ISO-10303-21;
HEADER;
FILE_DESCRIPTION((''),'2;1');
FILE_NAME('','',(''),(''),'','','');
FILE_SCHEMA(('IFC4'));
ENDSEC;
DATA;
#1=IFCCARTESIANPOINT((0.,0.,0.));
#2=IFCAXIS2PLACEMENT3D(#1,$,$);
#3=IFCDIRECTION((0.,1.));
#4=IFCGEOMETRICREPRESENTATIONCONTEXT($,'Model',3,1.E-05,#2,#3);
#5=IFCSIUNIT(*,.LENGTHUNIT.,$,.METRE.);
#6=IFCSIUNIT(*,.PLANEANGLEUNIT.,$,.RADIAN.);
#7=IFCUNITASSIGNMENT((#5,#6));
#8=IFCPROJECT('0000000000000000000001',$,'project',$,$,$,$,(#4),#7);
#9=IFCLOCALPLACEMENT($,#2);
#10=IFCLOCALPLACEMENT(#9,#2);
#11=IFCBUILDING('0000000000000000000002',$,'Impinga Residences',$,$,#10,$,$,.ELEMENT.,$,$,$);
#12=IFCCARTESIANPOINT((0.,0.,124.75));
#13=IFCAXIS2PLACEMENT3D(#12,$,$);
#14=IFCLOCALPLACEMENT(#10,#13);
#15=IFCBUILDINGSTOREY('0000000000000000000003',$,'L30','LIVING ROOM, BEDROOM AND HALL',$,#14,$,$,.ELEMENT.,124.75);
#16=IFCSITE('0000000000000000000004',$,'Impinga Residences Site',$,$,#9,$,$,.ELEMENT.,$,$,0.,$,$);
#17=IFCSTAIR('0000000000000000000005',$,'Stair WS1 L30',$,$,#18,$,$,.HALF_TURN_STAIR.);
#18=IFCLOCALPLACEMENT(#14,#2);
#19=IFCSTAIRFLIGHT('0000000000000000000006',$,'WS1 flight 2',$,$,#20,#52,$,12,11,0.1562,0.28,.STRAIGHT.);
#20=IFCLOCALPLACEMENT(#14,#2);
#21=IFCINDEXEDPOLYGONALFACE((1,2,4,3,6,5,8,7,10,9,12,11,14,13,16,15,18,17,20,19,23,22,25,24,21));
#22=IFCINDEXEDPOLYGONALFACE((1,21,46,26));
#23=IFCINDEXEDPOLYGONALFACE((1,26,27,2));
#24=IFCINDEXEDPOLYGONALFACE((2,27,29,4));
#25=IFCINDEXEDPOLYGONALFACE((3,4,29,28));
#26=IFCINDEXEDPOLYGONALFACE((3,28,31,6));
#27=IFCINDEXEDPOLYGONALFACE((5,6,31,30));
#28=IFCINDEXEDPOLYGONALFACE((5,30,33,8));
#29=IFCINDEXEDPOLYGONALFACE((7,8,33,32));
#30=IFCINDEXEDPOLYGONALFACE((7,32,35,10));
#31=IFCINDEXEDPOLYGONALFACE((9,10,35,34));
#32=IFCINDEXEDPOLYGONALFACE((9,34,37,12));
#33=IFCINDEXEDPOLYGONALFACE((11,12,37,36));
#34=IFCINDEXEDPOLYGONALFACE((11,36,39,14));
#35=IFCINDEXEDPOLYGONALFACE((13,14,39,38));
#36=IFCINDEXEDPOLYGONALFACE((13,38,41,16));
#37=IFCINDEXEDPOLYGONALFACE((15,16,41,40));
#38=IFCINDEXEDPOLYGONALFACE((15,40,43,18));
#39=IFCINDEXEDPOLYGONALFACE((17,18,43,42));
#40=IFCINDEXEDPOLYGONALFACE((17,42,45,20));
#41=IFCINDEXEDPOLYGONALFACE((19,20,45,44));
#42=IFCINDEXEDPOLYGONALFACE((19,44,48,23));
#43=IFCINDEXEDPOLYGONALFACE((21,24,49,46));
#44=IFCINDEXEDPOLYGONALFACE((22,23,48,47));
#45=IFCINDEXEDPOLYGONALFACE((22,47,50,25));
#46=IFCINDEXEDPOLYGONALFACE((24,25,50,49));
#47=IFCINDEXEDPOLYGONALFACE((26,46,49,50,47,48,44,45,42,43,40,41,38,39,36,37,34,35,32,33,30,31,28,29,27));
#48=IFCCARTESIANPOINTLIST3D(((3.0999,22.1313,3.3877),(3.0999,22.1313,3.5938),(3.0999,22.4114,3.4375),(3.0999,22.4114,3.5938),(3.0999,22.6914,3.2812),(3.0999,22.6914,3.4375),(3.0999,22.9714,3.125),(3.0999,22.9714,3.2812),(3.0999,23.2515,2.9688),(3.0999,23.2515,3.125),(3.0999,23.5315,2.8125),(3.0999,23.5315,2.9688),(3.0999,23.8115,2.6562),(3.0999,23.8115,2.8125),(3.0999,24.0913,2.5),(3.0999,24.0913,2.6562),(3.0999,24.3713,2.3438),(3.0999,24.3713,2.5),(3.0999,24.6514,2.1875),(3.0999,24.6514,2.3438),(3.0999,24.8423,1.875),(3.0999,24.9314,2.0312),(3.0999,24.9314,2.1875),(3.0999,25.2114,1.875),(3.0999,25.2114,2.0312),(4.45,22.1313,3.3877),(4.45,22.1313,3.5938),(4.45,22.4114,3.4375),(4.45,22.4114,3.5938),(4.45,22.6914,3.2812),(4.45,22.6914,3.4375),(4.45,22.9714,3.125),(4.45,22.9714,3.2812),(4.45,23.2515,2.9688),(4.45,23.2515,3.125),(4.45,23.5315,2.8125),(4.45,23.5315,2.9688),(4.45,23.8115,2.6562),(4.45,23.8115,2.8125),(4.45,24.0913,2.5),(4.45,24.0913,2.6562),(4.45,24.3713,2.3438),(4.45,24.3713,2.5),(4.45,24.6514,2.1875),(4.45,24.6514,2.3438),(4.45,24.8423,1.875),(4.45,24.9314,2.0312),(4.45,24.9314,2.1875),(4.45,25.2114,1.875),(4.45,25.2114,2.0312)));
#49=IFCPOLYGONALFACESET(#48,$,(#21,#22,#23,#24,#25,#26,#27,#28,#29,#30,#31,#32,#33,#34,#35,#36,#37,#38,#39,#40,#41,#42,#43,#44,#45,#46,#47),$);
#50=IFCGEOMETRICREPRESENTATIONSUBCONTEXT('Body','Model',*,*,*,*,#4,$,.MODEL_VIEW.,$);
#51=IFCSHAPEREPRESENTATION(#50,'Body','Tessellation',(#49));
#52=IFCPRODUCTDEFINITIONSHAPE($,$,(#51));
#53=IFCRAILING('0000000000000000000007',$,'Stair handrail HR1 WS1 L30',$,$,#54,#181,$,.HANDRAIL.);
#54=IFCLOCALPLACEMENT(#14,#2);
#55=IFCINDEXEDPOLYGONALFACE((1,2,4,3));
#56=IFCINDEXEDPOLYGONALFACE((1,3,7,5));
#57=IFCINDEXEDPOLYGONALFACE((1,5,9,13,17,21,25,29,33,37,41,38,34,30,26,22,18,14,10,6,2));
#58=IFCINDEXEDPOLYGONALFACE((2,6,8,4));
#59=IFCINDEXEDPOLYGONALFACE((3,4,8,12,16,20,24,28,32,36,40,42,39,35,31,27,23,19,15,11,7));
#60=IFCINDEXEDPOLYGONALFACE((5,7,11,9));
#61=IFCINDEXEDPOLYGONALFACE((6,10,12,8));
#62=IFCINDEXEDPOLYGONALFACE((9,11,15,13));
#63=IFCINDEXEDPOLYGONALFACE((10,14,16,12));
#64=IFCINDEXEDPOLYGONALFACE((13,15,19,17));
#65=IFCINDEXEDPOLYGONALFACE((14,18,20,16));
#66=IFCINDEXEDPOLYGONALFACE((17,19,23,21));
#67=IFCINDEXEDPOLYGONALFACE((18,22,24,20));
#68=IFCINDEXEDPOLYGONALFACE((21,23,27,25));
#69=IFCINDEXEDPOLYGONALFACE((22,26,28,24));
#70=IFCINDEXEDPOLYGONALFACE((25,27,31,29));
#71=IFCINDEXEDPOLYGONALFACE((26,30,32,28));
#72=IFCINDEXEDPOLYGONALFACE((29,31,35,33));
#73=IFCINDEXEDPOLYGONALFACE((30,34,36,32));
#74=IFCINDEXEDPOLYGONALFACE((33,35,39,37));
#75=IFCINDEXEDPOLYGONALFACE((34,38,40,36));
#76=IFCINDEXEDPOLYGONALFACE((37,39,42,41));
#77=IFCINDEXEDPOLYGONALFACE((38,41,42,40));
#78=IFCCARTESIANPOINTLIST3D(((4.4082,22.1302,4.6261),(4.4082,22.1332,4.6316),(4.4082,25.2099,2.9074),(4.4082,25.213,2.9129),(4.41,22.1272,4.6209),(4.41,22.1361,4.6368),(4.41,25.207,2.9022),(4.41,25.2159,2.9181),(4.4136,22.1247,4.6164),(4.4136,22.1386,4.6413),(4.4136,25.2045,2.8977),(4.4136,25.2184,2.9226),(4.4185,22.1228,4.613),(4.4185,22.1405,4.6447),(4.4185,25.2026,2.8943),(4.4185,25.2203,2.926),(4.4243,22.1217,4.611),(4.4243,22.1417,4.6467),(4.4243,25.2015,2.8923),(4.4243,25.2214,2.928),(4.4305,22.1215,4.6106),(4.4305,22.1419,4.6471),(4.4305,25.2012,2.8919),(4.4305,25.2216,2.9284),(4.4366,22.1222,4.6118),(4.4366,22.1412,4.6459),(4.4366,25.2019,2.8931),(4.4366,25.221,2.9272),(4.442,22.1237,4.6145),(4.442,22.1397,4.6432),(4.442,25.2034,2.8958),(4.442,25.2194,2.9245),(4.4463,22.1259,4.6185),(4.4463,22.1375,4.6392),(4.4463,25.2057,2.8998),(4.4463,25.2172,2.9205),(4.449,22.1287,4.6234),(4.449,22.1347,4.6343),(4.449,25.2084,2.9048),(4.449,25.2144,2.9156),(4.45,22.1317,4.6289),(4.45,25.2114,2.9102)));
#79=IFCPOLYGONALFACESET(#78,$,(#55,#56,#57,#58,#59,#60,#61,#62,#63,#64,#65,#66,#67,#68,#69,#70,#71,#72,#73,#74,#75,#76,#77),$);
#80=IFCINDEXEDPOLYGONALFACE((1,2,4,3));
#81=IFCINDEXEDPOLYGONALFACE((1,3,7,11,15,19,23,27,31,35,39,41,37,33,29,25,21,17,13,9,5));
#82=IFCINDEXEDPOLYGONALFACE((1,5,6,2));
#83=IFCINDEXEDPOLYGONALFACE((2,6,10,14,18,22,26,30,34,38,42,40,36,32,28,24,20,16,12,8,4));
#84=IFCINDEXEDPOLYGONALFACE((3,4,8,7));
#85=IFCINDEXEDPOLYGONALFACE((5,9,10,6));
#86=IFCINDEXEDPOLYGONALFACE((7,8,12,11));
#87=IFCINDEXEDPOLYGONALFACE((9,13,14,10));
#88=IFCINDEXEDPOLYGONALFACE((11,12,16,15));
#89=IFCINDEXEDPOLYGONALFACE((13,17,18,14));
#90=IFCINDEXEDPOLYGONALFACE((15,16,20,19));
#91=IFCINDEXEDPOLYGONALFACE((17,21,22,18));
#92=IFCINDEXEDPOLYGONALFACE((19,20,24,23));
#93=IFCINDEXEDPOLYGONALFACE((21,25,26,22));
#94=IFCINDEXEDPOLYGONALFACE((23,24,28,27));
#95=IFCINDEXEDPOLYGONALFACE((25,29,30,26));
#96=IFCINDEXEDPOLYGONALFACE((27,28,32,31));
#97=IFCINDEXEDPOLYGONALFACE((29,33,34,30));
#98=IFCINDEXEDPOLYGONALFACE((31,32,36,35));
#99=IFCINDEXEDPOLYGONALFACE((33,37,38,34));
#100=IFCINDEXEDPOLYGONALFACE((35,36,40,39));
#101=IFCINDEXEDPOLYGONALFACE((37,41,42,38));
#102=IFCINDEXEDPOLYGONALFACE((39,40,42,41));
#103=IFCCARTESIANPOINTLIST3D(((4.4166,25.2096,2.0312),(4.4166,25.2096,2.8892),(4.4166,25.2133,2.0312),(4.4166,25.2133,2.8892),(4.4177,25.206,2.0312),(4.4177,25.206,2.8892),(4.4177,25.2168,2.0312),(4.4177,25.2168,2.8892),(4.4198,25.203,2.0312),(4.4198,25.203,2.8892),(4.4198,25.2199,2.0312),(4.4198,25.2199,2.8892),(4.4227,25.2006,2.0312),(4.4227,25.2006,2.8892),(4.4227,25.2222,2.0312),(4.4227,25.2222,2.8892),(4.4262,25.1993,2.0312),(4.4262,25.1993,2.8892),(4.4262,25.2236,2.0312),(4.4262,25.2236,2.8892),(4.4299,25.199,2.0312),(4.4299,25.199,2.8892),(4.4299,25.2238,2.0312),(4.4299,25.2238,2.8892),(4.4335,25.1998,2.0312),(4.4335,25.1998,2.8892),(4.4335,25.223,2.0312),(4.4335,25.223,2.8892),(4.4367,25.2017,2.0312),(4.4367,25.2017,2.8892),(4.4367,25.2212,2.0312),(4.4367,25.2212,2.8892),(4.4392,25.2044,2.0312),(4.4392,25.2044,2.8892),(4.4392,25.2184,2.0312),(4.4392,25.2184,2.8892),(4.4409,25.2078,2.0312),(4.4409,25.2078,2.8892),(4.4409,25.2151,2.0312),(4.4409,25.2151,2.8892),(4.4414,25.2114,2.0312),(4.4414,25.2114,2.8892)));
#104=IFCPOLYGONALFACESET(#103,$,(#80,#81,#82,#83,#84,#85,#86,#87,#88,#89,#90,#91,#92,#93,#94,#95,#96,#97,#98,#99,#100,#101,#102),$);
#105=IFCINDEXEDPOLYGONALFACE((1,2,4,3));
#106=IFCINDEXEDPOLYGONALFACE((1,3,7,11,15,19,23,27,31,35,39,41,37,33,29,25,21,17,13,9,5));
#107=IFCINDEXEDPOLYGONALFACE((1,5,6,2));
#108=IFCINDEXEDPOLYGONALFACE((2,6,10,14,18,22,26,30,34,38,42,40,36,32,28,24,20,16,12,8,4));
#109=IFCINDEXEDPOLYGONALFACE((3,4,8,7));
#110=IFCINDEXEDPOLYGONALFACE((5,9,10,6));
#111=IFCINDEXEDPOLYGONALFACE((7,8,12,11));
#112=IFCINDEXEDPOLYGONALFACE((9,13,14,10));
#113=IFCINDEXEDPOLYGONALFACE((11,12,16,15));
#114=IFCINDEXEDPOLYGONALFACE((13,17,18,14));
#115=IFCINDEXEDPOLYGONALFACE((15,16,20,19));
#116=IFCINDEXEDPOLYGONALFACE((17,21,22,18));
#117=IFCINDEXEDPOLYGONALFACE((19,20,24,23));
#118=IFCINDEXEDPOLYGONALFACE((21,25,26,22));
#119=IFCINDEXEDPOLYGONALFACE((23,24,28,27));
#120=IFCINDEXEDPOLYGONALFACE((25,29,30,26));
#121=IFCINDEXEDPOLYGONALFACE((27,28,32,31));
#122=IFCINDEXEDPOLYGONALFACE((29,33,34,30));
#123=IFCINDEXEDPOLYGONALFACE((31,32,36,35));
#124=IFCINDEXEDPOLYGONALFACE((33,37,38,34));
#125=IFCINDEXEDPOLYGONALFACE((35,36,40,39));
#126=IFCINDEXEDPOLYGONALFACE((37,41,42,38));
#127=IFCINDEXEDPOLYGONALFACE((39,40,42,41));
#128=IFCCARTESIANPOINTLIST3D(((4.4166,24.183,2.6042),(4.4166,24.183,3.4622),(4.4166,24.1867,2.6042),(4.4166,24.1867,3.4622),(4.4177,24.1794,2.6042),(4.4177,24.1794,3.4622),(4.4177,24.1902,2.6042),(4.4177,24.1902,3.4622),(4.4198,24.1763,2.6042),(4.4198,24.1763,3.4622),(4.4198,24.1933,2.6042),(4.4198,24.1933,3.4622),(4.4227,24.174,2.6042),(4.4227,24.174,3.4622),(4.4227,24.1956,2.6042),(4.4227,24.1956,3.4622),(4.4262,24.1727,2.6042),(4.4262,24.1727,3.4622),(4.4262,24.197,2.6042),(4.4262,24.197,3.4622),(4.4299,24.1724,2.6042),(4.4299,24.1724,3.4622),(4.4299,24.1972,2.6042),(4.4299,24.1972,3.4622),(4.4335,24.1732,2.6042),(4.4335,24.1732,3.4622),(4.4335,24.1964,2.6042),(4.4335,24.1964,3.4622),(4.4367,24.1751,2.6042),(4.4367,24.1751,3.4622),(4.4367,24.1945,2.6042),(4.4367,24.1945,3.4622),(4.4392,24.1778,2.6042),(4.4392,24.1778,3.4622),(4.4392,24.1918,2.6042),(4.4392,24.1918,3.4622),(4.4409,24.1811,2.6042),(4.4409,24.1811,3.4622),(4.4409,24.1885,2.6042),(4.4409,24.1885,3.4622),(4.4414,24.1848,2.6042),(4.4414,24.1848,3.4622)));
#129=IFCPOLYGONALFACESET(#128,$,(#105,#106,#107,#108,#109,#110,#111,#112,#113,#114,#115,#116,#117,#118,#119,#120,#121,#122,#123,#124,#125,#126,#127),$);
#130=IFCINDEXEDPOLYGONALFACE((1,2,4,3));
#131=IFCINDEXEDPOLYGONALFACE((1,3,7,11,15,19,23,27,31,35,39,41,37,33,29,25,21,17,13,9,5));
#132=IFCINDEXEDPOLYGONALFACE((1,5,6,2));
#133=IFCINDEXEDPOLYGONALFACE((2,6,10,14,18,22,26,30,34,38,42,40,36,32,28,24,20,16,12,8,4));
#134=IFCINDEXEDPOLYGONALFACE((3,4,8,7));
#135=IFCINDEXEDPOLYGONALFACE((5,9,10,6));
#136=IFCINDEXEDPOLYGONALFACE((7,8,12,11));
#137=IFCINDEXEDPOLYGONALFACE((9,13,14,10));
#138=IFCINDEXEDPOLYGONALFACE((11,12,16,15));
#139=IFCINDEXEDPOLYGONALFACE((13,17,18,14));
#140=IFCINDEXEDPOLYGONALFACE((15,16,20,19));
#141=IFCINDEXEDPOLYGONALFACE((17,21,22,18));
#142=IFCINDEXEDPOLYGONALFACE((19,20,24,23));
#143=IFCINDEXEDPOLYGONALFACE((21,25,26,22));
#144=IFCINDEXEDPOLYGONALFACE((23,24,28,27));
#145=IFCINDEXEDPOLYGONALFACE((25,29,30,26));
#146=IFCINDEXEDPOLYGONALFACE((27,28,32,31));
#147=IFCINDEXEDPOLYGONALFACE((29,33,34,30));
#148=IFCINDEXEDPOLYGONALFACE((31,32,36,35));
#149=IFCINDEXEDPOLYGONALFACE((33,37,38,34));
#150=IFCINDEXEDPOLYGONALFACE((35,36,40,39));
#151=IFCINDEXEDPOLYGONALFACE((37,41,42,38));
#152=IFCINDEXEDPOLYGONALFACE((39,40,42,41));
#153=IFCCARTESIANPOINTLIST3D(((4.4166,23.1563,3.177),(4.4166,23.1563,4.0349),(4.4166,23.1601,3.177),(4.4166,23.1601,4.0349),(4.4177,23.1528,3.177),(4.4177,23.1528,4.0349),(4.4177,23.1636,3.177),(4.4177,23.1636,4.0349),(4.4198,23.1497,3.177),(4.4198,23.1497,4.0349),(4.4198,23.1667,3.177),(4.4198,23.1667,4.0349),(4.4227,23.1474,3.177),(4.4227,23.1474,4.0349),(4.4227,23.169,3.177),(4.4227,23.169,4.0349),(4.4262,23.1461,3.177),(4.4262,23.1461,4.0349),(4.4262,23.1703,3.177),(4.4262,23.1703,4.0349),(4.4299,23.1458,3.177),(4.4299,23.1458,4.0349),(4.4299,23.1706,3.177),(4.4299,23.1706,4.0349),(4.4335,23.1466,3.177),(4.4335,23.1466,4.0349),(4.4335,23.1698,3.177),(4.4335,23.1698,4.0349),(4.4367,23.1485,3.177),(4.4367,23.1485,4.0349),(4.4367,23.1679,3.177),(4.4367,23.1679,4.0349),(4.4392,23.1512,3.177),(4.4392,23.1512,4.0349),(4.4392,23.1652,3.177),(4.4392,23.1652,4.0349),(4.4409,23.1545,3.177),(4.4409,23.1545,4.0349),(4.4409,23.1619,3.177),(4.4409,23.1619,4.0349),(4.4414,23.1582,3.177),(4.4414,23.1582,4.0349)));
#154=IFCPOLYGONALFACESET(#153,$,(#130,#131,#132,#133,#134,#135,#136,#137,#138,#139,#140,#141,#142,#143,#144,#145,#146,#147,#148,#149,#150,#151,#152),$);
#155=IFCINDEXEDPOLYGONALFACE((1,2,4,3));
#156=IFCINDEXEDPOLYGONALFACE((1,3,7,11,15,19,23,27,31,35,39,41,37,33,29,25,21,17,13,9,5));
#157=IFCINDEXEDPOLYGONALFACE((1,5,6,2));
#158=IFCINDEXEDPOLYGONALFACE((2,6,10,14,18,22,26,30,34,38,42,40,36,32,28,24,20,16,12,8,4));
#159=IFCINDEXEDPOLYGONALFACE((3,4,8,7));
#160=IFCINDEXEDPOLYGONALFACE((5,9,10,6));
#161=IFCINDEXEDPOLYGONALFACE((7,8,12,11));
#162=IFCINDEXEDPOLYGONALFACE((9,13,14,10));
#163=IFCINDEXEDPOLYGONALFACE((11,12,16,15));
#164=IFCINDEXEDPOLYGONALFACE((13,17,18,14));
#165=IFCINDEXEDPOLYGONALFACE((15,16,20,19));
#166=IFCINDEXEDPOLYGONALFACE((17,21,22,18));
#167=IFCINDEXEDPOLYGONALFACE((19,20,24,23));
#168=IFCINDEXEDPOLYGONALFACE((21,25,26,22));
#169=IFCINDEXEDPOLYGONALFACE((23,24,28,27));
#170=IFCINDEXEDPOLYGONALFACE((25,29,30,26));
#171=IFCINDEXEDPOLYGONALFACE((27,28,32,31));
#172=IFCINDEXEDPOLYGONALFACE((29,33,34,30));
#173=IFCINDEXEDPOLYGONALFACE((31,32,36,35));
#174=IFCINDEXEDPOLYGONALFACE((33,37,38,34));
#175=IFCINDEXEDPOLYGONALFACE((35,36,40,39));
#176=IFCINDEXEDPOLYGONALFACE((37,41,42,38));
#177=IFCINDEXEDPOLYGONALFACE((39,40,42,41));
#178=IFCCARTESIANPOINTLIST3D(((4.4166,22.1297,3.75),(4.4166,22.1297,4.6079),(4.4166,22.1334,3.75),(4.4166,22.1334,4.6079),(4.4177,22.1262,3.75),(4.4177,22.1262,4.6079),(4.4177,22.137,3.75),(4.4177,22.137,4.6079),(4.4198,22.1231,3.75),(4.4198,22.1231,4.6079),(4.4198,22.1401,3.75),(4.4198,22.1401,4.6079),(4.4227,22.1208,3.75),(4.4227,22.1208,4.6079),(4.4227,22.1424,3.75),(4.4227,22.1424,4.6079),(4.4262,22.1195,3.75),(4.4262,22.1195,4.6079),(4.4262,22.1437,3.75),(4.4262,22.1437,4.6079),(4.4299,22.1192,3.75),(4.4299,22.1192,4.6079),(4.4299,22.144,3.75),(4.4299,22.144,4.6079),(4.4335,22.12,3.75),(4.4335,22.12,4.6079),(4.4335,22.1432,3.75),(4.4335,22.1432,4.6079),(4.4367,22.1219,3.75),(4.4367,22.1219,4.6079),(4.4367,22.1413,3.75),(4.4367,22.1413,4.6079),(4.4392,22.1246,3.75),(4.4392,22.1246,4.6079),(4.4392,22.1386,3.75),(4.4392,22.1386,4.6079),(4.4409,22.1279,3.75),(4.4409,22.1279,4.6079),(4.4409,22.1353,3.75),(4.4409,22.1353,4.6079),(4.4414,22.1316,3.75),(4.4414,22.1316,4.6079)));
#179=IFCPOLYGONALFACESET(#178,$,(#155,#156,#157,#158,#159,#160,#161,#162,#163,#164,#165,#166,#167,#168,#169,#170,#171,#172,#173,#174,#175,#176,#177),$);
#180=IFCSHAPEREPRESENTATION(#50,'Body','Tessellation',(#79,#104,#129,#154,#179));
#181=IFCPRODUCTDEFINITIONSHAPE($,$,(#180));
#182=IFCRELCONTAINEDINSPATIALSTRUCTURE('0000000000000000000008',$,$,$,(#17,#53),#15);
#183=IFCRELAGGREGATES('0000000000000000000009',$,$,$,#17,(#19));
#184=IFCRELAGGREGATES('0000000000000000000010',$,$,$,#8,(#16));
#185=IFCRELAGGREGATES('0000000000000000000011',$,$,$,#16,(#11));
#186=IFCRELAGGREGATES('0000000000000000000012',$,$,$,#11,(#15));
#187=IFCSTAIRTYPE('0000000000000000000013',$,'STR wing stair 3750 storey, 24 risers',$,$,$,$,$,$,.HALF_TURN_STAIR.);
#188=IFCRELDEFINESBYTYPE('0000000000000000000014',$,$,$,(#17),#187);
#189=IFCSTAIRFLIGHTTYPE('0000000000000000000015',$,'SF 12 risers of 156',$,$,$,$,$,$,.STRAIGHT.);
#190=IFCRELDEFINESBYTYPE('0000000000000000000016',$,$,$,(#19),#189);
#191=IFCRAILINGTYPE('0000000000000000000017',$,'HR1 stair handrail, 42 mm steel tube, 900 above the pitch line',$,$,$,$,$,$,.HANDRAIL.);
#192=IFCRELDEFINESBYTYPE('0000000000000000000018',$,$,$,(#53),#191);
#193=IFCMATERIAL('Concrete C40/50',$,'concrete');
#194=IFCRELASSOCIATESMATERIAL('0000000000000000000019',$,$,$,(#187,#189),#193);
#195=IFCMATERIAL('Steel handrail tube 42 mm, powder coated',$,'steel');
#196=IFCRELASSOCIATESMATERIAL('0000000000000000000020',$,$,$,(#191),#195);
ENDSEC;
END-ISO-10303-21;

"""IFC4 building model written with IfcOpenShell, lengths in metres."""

from ifc_helpers import new_model, si_unit, direction, frame, origin, origin_2d, place, context, subcontext, project, spatial, polyline, circle, outline, extrude, material, type_object, element, aggregate, save


model = new_model("IFC4")

# Units and contexts
model_context = context("Model", 3, precision=1e-05, world=origin(), true_north=direction((0.0, 1.0)))
body_context = subcontext(model_context, "Body", "Model", "MODEL_VIEW")
ifc_project = project(units=[si_unit("LENGTHUNIT", "METRE"), si_unit("PLANEANGLEUNIT", "RADIAN")], contexts=[model_context])

# Site, building, storey
site_placement = place(None, origin())
site = spatial("IfcSite", under=ifc_project, at=site_placement, Name="Impinga Residences Site", CompositionType="ELEMENT", RefElevation=0.0)
building_placement = place(site_placement, origin())
building = spatial("IfcBuilding", under=site, at=building_placement, Name="Impinga Residences", CompositionType="ELEMENT")
storey_placement = place(building_placement, frame((0.0, 0.0, 124.75)))
storey = spatial("IfcBuildingStorey", under=building, at=storey_placement, Name="L30", Description="LIVING ROOM, BEDROOM AND HALL", CompositionType="ELEMENT", Elevation=124.75)

# Stair, stair flight
ifc_material_1 = material(Name="Concrete C40/50", Category="concrete")
stair_type = type_object("IfcStairType", Name="STR wing stair 3750 storey, 24 risers", PredefinedType="HALF_TURN_STAIR", material=ifc_material_1)
stair_placement = place(storey_placement, origin())
stair = element("IfcStair", 1, at=stair_placement, inside=storey, type_object=stair_type, Name="Stair WS1 L30", PredefinedType="HALF_TURN_STAIR")
stair_flight_type = type_object("IfcStairFlightType", Name="SF 12 risers of 156", PredefinedType="STRAIGHT", material=ifc_material_1)
stair_flight_placement = place(storey_placement, frame((3.7749, 25.2114, 1.875), z_axis=(0.0, 0.0, 1.0), x_axis=(0.0, -1.0, 0.0)))
stair_flight = element("IfcStairFlight", 2, at=stair_flight_placement, type_object=stair_flight_type, Name="WS1 flight 2", NumberOfRisers=12, NumberOfTreads=11, PredefinedType="STRAIGHT", RiserHeight=0.1562, TreadLength=0.28, context=body_context, shape_type="SweptSolid", body=[
    extrude(outline(polyline([(0.0, 0.0), (0.0, 0.1562), (0.28, 0.1562), (0.28, 0.3125), (0.5601, 0.3125), (0.5601, 0.4688), (0.8401, 0.4688), (0.8401, 0.625), (1.1201, 0.625), (1.1201, 0.7812), (1.3999, 0.7812), (1.3999, 0.9375), (1.6799, 0.9375), (1.6799, 1.0938), (1.96, 1.0938), (1.96, 1.25), (2.24, 1.25), (2.24, 1.4062), (2.52, 1.4062), (2.52, 1.5625), (2.8, 1.5625), (2.8, 1.7188), (3.0801, 1.7188), (3.0801, 1.875), (3.0801, 1.5127), (0.3691, 0.0), (0.0, 0.0)])), frame((0.0, 0.675, 0.0), z_axis=(0.0, -1.0, 0.0), x_axis=(1.0, 0.0, 0.0)), (0.0, 0.0, 1.0), 1.3501),
])
aggregate(stair, [stair_flight])

# Railing
ifc_material_2 = material(Name="Steel handrail tube 42 mm, powder coated", Category="steel")
railing_type = type_object("IfcRailingType", Name="HR1 stair handrail, 42 mm steel tube, 900 above the pitch line", PredefinedType="HANDRAIL", material=ifc_material_2)
railing_placement = place(storey_placement, frame((4.429, 25.2114, 2.0312)))
element("IfcRailing", 3, at=railing_placement, inside=storey, type_object=railing_type, Name="Stair handrail HR1 WS1 L30", PredefinedType="HANDRAIL", context=body_context, shape_type="SweptSolid", body=[
    extrude(circle(Radius=0.021, at=origin_2d()), frame((0.0, 0.0, 0.8789), z_axis=(0.0, -0.873225, 0.487317), x_axis=(1.0, 0.0, 0.0)), (0.0, 0.0, 1.0), 3.5269),
    extrude(circle(Radius=0.0125, at=origin_2d()), origin(), (0.0, 0.0, 1.0), 0.8579),
    extrude(circle(Radius=0.0125, at=origin_2d()), frame((0.0, -1.0266, 0.573)), (0.0, 0.0, 1.0), 0.8579),
    extrude(circle(Radius=0.0125, at=origin_2d()), frame((0.0, -2.0532, 1.1458)), (0.0, 0.0, 1.0), 0.8579),
    extrude(circle(Radius=0.0125, at=origin_2d()), frame((0.0, -3.0798, 1.7188)), (0.0, 0.0, 1.0), 0.8579),
])

save(model, "model.ifc")
